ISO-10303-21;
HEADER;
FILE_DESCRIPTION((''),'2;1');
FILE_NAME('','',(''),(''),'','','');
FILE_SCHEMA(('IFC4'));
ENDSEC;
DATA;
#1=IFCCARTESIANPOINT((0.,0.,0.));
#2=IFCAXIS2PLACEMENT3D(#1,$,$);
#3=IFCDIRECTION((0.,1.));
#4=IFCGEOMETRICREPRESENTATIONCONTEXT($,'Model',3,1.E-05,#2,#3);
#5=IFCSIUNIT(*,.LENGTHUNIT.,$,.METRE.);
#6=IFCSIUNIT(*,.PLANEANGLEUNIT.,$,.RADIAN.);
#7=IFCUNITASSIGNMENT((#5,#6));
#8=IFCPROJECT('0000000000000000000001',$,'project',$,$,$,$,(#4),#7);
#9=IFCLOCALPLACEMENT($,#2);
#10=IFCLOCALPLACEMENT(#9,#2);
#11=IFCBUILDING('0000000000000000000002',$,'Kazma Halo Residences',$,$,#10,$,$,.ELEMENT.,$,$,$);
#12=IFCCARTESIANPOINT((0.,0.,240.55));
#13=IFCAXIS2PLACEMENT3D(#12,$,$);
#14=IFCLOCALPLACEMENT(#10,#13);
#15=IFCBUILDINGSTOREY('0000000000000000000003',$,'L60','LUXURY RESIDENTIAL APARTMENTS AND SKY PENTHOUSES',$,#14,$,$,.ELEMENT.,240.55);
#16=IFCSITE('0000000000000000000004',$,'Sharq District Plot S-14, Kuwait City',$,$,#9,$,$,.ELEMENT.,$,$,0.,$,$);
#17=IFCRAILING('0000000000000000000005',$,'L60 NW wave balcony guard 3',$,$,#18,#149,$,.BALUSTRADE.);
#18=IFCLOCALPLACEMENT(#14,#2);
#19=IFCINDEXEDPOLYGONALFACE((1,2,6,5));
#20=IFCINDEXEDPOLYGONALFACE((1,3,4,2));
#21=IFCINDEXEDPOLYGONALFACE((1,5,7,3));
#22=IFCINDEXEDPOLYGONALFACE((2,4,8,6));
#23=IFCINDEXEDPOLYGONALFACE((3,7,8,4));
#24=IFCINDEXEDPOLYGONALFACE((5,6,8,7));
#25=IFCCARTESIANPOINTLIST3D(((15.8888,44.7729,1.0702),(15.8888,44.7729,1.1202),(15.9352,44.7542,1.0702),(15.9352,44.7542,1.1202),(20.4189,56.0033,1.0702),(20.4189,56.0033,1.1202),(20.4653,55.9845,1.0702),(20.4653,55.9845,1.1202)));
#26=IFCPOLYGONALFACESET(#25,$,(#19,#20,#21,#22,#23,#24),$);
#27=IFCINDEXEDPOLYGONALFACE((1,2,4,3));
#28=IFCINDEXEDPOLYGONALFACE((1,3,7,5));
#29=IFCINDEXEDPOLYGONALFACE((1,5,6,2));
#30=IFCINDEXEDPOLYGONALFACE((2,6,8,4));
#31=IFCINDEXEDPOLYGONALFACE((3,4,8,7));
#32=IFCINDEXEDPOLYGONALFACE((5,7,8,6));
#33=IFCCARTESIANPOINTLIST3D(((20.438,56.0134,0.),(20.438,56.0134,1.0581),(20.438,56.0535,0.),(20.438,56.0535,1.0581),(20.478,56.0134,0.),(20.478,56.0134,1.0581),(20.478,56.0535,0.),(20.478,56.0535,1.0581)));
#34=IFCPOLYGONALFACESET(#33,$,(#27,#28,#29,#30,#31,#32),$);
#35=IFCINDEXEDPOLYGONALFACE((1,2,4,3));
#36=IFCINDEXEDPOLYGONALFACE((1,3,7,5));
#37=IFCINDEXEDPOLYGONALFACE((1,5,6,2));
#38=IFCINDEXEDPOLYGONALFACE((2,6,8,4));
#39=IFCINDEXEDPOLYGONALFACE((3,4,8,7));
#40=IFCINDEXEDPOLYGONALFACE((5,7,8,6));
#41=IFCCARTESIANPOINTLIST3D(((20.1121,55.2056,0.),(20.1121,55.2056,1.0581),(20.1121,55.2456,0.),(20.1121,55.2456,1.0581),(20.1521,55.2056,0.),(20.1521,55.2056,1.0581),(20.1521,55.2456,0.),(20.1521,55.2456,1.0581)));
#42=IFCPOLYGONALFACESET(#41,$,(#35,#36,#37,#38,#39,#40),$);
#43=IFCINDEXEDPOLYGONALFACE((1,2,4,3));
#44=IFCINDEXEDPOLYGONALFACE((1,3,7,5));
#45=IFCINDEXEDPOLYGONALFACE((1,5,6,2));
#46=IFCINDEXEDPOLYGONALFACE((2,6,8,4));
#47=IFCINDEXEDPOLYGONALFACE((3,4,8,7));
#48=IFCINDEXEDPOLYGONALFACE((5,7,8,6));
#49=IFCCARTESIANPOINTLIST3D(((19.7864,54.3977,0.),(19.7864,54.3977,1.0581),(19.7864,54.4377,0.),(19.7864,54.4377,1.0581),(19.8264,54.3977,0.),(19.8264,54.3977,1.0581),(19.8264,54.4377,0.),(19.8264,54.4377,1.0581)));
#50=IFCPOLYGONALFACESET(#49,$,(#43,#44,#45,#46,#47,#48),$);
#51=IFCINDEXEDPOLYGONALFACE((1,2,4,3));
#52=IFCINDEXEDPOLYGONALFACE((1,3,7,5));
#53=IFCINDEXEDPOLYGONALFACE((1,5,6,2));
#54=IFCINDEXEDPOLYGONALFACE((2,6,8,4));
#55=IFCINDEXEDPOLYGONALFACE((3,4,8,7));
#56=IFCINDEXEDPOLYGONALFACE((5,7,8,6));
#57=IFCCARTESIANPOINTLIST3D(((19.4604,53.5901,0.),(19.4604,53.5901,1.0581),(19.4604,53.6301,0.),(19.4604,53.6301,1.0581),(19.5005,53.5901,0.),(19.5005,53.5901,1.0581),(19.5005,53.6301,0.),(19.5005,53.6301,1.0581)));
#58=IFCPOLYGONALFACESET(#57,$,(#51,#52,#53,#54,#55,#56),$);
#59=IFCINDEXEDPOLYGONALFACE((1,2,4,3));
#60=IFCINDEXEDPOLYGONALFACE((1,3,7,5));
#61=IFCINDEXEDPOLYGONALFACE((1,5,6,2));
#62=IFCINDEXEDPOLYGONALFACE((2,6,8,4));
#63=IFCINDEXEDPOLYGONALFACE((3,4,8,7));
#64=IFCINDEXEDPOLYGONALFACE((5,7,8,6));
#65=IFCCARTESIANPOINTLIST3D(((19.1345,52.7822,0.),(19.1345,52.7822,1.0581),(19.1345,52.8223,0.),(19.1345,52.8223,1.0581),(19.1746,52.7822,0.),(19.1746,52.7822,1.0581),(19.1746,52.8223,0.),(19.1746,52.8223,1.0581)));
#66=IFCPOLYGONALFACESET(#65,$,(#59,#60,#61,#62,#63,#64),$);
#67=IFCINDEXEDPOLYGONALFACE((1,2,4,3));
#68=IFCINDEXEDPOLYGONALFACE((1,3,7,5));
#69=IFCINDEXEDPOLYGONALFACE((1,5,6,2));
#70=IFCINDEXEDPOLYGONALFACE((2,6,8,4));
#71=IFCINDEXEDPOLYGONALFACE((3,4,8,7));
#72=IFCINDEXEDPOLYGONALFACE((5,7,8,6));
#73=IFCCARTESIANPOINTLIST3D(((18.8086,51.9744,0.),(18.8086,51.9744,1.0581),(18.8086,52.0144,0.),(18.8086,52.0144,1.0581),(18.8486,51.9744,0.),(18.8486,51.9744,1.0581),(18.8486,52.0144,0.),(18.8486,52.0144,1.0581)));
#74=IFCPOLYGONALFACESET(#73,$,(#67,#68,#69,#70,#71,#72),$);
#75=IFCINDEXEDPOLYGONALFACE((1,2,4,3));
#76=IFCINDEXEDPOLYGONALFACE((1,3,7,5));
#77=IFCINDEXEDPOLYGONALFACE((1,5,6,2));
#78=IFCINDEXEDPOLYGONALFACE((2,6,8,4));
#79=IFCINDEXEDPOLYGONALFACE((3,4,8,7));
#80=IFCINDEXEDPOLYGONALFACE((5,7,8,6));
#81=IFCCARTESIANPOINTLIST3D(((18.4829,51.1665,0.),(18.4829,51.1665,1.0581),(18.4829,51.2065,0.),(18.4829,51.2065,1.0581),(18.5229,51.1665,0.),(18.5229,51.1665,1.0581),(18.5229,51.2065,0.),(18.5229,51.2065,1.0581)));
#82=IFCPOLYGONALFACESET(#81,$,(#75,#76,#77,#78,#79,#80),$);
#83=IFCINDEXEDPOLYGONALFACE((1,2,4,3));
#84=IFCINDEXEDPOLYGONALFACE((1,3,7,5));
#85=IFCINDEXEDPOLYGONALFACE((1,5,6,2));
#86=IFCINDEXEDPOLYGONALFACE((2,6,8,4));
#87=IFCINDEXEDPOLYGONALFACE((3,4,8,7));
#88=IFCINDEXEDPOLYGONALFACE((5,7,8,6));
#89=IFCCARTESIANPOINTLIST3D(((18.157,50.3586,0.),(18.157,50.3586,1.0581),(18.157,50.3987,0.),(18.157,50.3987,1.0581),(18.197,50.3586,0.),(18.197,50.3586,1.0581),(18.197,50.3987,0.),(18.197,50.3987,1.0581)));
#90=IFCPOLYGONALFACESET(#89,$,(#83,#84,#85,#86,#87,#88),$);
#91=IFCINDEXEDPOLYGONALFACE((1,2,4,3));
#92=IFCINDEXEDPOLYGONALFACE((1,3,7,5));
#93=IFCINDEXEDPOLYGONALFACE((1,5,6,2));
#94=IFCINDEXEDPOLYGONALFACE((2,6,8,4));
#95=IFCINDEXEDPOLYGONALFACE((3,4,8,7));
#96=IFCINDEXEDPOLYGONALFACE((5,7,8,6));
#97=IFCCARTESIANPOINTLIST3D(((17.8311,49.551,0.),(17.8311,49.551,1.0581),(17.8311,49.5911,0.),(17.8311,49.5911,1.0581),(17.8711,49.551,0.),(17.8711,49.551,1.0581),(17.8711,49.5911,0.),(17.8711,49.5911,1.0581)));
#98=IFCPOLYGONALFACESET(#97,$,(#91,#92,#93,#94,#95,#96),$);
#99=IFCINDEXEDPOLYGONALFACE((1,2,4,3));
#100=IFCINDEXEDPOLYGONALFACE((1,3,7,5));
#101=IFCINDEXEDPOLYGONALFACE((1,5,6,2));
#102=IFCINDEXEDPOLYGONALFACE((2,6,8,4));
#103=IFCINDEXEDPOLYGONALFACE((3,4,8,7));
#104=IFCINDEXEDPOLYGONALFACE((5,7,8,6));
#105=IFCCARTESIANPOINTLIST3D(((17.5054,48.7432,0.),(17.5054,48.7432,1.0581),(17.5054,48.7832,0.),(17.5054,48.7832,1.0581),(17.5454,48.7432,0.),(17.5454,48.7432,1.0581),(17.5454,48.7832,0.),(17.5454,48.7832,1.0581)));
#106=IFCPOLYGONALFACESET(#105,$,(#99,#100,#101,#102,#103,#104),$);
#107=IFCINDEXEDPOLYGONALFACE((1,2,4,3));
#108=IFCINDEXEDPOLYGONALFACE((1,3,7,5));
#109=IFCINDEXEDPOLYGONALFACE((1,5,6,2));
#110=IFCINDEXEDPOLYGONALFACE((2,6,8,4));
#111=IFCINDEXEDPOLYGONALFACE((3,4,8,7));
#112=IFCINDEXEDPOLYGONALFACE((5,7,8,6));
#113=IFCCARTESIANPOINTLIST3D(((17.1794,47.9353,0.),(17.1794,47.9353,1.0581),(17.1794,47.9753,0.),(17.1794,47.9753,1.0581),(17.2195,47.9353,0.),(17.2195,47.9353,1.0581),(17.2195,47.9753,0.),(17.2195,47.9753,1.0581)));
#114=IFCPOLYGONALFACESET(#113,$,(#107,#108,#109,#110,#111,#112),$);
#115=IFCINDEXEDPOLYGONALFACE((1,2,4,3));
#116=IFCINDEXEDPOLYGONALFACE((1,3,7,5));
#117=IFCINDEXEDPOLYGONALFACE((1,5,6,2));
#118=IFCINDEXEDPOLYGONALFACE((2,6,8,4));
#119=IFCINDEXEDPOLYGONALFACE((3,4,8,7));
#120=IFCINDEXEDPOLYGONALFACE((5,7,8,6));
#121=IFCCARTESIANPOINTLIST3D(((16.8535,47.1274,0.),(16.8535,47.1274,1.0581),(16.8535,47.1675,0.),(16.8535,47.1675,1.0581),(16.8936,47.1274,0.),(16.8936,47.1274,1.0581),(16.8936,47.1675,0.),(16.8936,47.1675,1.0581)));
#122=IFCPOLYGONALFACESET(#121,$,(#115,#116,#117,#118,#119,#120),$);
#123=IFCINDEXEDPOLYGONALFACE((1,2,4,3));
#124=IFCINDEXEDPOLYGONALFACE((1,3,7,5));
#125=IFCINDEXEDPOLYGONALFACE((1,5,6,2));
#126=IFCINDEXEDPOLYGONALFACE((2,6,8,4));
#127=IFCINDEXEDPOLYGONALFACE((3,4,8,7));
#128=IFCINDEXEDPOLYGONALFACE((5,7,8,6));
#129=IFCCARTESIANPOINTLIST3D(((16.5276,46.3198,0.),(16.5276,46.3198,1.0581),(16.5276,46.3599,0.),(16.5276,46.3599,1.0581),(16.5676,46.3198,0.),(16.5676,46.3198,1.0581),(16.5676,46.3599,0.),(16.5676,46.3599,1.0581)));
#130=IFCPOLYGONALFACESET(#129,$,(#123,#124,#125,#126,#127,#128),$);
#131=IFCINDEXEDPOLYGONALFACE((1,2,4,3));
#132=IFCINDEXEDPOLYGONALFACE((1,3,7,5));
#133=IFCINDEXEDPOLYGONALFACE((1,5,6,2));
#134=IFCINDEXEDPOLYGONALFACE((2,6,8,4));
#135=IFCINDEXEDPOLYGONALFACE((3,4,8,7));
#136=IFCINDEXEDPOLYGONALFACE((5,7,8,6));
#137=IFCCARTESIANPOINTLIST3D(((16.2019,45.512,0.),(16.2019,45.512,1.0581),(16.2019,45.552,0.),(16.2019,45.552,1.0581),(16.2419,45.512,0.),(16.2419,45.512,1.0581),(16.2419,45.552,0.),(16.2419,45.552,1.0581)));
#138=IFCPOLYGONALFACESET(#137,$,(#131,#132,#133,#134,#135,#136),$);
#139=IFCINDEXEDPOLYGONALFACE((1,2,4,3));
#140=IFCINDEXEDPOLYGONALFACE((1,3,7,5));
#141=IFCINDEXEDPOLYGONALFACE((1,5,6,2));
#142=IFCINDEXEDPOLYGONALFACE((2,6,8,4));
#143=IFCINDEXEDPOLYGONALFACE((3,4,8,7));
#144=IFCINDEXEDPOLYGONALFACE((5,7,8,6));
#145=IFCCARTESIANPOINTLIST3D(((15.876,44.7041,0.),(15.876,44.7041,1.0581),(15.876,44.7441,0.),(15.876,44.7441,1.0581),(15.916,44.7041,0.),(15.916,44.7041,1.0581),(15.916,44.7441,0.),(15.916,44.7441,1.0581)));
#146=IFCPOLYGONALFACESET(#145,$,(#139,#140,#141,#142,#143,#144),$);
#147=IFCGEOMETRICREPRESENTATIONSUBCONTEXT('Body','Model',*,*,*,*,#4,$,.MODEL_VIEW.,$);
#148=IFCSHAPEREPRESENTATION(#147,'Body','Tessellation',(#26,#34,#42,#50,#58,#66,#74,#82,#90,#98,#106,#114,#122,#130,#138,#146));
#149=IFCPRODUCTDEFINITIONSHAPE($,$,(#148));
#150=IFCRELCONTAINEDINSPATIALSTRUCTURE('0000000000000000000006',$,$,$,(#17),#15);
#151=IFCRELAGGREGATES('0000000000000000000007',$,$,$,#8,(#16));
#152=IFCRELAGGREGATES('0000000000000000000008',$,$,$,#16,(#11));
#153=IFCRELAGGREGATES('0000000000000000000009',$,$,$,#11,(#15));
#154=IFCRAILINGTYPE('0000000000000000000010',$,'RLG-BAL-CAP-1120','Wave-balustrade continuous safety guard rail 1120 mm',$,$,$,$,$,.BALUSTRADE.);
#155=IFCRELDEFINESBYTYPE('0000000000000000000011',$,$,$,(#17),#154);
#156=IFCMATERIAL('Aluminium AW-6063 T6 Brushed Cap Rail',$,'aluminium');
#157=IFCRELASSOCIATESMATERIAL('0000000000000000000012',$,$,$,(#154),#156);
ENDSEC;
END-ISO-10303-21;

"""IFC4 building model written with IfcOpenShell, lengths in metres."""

from ifc_helpers import new_model, si_unit, direction, frame, origin, origin_2d, place, context, subcontext, project, spatial, rectangle, extrude, material, type_object, element, save


model = new_model("IFC4")

# Units and contexts
model_context = context("Model", 3, precision=1e-05, world=origin(), true_north=direction((0.0, 1.0)))
body_context = subcontext(model_context, "Body", "Model", "MODEL_VIEW")
ifc_project = project(units=[si_unit("LENGTHUNIT", "METRE"), si_unit("PLANEANGLEUNIT", "RADIAN")], contexts=[model_context])

# Site, building, storey
site_placement = place(None, origin())
site = spatial("IfcSite", under=ifc_project, at=site_placement, Name="Sharq District Plot S-14, Kuwait City", CompositionType="ELEMENT", RefElevation=0.0)
building_placement = place(site_placement, origin())
building = spatial("IfcBuilding", under=site, at=building_placement, Name="Kazma Halo Residences", CompositionType="ELEMENT")
storey_placement = place(building_placement, frame((0.0, 0.0, 240.55)))
storey = spatial("IfcBuildingStorey", under=building, at=storey_placement, Name="L60", Description="LUXURY RESIDENTIAL APARTMENTS AND SKY PENTHOUSES", CompositionType="ELEMENT", Elevation=240.55)

# Railing
ifc_material_1 = material(Name="Aluminium AW-6063 T6 Brushed Cap Rail", Category="aluminium")
railing_type = type_object("IfcRailingType", Name="RLG-BAL-CAP-1120", Description="Wave-balustrade continuous safety guard rail 1120 mm", PredefinedType="BALUSTRADE", material=ifc_material_1)
railing_1_placement = place(storey_placement, frame((20.458, 56.0334, 0.0)))
element("IfcRailing", 1, at=railing_1_placement, inside=storey, type_object=railing_type, Name="L60 NW wave balcony guard 3", PredefinedType="BALUSTRADE", context=body_context, shape_type="SweptSolid", body=[
    extrude(rectangle(XDim=0.05, YDim=0.05, at=origin_2d()), frame((-0.0159, -0.0396, 1.0952), z_axis=(-0.374095, -0.92739, 0.0), x_axis=(0.92739, -0.374095, 0.0)), (0.0, 0.0, 1.0), 12.1096),
    extrude(rectangle(XDim=0.04, YDim=0.04, at=origin_2d()), origin(), (0.0, 0.0, 1.0), 1.0581),
    extrude(rectangle(XDim=0.04, YDim=0.04, at=origin_2d()), frame((-0.3259, -0.8079, 0.0)), (0.0, 0.0, 1.0), 1.0581),
    extrude(rectangle(XDim=0.04, YDim=0.04, at=origin_2d()), frame((-0.6516, -1.6157, 0.0)), (0.0, 0.0, 1.0), 1.0581),
    extrude(rectangle(XDim=0.04, YDim=0.04, at=origin_2d()), frame((-0.9775, -2.4233, 0.0)), (0.0, 0.0, 1.0), 1.0581),
    extrude(rectangle(XDim=0.04, YDim=0.04, at=origin_2d()), frame((-1.3035, -3.2312, 0.0)), (0.0, 0.0, 1.0), 1.0581),
    extrude(rectangle(XDim=0.04, YDim=0.04, at=origin_2d()), frame((-1.6294, -4.0391, 0.0)), (0.0, 0.0, 1.0), 1.0581),
    extrude(rectangle(XDim=0.04, YDim=0.04, at=origin_2d()), frame((-1.9551, -4.8469, 0.0)), (0.0, 0.0, 1.0), 1.0581),
    extrude(rectangle(XDim=0.04, YDim=0.04, at=origin_2d()), frame((-2.281, -5.6548, 0.0)), (0.0, 0.0, 1.0), 1.0581),
    extrude(rectangle(XDim=0.04, YDim=0.04, at=origin_2d()), frame((-2.6069, -6.4624, 0.0)), (0.0, 0.0, 1.0), 1.0581),
    extrude(rectangle(XDim=0.04, YDim=0.04, at=origin_2d()), frame((-2.9326, -7.2703, 0.0)), (0.0, 0.0, 1.0), 1.0581),
    extrude(rectangle(XDim=0.04, YDim=0.04, at=origin_2d()), frame((-3.2585, -8.0781, 0.0)), (0.0, 0.0, 1.0), 1.0581),
    extrude(rectangle(XDim=0.04, YDim=0.04, at=origin_2d()), frame((-3.5845, -8.886, 0.0)), (0.0, 0.0, 1.0), 1.0581),
    extrude(rectangle(XDim=0.04, YDim=0.04, at=origin_2d()), frame((-3.9104, -9.6936, 0.0)), (0.0, 0.0, 1.0), 1.0581),
    extrude(rectangle(XDim=0.04, YDim=0.04, at=origin_2d()), frame((-4.2361, -10.5015, 0.0)), (0.0, 0.0, 1.0), 1.0581),
    extrude(rectangle(XDim=0.04, YDim=0.04, at=origin_2d()), frame((-4.562, -11.3093, 0.0)), (0.0, 0.0, 1.0), 1.0581),
])

save(model, "model.ifc")
